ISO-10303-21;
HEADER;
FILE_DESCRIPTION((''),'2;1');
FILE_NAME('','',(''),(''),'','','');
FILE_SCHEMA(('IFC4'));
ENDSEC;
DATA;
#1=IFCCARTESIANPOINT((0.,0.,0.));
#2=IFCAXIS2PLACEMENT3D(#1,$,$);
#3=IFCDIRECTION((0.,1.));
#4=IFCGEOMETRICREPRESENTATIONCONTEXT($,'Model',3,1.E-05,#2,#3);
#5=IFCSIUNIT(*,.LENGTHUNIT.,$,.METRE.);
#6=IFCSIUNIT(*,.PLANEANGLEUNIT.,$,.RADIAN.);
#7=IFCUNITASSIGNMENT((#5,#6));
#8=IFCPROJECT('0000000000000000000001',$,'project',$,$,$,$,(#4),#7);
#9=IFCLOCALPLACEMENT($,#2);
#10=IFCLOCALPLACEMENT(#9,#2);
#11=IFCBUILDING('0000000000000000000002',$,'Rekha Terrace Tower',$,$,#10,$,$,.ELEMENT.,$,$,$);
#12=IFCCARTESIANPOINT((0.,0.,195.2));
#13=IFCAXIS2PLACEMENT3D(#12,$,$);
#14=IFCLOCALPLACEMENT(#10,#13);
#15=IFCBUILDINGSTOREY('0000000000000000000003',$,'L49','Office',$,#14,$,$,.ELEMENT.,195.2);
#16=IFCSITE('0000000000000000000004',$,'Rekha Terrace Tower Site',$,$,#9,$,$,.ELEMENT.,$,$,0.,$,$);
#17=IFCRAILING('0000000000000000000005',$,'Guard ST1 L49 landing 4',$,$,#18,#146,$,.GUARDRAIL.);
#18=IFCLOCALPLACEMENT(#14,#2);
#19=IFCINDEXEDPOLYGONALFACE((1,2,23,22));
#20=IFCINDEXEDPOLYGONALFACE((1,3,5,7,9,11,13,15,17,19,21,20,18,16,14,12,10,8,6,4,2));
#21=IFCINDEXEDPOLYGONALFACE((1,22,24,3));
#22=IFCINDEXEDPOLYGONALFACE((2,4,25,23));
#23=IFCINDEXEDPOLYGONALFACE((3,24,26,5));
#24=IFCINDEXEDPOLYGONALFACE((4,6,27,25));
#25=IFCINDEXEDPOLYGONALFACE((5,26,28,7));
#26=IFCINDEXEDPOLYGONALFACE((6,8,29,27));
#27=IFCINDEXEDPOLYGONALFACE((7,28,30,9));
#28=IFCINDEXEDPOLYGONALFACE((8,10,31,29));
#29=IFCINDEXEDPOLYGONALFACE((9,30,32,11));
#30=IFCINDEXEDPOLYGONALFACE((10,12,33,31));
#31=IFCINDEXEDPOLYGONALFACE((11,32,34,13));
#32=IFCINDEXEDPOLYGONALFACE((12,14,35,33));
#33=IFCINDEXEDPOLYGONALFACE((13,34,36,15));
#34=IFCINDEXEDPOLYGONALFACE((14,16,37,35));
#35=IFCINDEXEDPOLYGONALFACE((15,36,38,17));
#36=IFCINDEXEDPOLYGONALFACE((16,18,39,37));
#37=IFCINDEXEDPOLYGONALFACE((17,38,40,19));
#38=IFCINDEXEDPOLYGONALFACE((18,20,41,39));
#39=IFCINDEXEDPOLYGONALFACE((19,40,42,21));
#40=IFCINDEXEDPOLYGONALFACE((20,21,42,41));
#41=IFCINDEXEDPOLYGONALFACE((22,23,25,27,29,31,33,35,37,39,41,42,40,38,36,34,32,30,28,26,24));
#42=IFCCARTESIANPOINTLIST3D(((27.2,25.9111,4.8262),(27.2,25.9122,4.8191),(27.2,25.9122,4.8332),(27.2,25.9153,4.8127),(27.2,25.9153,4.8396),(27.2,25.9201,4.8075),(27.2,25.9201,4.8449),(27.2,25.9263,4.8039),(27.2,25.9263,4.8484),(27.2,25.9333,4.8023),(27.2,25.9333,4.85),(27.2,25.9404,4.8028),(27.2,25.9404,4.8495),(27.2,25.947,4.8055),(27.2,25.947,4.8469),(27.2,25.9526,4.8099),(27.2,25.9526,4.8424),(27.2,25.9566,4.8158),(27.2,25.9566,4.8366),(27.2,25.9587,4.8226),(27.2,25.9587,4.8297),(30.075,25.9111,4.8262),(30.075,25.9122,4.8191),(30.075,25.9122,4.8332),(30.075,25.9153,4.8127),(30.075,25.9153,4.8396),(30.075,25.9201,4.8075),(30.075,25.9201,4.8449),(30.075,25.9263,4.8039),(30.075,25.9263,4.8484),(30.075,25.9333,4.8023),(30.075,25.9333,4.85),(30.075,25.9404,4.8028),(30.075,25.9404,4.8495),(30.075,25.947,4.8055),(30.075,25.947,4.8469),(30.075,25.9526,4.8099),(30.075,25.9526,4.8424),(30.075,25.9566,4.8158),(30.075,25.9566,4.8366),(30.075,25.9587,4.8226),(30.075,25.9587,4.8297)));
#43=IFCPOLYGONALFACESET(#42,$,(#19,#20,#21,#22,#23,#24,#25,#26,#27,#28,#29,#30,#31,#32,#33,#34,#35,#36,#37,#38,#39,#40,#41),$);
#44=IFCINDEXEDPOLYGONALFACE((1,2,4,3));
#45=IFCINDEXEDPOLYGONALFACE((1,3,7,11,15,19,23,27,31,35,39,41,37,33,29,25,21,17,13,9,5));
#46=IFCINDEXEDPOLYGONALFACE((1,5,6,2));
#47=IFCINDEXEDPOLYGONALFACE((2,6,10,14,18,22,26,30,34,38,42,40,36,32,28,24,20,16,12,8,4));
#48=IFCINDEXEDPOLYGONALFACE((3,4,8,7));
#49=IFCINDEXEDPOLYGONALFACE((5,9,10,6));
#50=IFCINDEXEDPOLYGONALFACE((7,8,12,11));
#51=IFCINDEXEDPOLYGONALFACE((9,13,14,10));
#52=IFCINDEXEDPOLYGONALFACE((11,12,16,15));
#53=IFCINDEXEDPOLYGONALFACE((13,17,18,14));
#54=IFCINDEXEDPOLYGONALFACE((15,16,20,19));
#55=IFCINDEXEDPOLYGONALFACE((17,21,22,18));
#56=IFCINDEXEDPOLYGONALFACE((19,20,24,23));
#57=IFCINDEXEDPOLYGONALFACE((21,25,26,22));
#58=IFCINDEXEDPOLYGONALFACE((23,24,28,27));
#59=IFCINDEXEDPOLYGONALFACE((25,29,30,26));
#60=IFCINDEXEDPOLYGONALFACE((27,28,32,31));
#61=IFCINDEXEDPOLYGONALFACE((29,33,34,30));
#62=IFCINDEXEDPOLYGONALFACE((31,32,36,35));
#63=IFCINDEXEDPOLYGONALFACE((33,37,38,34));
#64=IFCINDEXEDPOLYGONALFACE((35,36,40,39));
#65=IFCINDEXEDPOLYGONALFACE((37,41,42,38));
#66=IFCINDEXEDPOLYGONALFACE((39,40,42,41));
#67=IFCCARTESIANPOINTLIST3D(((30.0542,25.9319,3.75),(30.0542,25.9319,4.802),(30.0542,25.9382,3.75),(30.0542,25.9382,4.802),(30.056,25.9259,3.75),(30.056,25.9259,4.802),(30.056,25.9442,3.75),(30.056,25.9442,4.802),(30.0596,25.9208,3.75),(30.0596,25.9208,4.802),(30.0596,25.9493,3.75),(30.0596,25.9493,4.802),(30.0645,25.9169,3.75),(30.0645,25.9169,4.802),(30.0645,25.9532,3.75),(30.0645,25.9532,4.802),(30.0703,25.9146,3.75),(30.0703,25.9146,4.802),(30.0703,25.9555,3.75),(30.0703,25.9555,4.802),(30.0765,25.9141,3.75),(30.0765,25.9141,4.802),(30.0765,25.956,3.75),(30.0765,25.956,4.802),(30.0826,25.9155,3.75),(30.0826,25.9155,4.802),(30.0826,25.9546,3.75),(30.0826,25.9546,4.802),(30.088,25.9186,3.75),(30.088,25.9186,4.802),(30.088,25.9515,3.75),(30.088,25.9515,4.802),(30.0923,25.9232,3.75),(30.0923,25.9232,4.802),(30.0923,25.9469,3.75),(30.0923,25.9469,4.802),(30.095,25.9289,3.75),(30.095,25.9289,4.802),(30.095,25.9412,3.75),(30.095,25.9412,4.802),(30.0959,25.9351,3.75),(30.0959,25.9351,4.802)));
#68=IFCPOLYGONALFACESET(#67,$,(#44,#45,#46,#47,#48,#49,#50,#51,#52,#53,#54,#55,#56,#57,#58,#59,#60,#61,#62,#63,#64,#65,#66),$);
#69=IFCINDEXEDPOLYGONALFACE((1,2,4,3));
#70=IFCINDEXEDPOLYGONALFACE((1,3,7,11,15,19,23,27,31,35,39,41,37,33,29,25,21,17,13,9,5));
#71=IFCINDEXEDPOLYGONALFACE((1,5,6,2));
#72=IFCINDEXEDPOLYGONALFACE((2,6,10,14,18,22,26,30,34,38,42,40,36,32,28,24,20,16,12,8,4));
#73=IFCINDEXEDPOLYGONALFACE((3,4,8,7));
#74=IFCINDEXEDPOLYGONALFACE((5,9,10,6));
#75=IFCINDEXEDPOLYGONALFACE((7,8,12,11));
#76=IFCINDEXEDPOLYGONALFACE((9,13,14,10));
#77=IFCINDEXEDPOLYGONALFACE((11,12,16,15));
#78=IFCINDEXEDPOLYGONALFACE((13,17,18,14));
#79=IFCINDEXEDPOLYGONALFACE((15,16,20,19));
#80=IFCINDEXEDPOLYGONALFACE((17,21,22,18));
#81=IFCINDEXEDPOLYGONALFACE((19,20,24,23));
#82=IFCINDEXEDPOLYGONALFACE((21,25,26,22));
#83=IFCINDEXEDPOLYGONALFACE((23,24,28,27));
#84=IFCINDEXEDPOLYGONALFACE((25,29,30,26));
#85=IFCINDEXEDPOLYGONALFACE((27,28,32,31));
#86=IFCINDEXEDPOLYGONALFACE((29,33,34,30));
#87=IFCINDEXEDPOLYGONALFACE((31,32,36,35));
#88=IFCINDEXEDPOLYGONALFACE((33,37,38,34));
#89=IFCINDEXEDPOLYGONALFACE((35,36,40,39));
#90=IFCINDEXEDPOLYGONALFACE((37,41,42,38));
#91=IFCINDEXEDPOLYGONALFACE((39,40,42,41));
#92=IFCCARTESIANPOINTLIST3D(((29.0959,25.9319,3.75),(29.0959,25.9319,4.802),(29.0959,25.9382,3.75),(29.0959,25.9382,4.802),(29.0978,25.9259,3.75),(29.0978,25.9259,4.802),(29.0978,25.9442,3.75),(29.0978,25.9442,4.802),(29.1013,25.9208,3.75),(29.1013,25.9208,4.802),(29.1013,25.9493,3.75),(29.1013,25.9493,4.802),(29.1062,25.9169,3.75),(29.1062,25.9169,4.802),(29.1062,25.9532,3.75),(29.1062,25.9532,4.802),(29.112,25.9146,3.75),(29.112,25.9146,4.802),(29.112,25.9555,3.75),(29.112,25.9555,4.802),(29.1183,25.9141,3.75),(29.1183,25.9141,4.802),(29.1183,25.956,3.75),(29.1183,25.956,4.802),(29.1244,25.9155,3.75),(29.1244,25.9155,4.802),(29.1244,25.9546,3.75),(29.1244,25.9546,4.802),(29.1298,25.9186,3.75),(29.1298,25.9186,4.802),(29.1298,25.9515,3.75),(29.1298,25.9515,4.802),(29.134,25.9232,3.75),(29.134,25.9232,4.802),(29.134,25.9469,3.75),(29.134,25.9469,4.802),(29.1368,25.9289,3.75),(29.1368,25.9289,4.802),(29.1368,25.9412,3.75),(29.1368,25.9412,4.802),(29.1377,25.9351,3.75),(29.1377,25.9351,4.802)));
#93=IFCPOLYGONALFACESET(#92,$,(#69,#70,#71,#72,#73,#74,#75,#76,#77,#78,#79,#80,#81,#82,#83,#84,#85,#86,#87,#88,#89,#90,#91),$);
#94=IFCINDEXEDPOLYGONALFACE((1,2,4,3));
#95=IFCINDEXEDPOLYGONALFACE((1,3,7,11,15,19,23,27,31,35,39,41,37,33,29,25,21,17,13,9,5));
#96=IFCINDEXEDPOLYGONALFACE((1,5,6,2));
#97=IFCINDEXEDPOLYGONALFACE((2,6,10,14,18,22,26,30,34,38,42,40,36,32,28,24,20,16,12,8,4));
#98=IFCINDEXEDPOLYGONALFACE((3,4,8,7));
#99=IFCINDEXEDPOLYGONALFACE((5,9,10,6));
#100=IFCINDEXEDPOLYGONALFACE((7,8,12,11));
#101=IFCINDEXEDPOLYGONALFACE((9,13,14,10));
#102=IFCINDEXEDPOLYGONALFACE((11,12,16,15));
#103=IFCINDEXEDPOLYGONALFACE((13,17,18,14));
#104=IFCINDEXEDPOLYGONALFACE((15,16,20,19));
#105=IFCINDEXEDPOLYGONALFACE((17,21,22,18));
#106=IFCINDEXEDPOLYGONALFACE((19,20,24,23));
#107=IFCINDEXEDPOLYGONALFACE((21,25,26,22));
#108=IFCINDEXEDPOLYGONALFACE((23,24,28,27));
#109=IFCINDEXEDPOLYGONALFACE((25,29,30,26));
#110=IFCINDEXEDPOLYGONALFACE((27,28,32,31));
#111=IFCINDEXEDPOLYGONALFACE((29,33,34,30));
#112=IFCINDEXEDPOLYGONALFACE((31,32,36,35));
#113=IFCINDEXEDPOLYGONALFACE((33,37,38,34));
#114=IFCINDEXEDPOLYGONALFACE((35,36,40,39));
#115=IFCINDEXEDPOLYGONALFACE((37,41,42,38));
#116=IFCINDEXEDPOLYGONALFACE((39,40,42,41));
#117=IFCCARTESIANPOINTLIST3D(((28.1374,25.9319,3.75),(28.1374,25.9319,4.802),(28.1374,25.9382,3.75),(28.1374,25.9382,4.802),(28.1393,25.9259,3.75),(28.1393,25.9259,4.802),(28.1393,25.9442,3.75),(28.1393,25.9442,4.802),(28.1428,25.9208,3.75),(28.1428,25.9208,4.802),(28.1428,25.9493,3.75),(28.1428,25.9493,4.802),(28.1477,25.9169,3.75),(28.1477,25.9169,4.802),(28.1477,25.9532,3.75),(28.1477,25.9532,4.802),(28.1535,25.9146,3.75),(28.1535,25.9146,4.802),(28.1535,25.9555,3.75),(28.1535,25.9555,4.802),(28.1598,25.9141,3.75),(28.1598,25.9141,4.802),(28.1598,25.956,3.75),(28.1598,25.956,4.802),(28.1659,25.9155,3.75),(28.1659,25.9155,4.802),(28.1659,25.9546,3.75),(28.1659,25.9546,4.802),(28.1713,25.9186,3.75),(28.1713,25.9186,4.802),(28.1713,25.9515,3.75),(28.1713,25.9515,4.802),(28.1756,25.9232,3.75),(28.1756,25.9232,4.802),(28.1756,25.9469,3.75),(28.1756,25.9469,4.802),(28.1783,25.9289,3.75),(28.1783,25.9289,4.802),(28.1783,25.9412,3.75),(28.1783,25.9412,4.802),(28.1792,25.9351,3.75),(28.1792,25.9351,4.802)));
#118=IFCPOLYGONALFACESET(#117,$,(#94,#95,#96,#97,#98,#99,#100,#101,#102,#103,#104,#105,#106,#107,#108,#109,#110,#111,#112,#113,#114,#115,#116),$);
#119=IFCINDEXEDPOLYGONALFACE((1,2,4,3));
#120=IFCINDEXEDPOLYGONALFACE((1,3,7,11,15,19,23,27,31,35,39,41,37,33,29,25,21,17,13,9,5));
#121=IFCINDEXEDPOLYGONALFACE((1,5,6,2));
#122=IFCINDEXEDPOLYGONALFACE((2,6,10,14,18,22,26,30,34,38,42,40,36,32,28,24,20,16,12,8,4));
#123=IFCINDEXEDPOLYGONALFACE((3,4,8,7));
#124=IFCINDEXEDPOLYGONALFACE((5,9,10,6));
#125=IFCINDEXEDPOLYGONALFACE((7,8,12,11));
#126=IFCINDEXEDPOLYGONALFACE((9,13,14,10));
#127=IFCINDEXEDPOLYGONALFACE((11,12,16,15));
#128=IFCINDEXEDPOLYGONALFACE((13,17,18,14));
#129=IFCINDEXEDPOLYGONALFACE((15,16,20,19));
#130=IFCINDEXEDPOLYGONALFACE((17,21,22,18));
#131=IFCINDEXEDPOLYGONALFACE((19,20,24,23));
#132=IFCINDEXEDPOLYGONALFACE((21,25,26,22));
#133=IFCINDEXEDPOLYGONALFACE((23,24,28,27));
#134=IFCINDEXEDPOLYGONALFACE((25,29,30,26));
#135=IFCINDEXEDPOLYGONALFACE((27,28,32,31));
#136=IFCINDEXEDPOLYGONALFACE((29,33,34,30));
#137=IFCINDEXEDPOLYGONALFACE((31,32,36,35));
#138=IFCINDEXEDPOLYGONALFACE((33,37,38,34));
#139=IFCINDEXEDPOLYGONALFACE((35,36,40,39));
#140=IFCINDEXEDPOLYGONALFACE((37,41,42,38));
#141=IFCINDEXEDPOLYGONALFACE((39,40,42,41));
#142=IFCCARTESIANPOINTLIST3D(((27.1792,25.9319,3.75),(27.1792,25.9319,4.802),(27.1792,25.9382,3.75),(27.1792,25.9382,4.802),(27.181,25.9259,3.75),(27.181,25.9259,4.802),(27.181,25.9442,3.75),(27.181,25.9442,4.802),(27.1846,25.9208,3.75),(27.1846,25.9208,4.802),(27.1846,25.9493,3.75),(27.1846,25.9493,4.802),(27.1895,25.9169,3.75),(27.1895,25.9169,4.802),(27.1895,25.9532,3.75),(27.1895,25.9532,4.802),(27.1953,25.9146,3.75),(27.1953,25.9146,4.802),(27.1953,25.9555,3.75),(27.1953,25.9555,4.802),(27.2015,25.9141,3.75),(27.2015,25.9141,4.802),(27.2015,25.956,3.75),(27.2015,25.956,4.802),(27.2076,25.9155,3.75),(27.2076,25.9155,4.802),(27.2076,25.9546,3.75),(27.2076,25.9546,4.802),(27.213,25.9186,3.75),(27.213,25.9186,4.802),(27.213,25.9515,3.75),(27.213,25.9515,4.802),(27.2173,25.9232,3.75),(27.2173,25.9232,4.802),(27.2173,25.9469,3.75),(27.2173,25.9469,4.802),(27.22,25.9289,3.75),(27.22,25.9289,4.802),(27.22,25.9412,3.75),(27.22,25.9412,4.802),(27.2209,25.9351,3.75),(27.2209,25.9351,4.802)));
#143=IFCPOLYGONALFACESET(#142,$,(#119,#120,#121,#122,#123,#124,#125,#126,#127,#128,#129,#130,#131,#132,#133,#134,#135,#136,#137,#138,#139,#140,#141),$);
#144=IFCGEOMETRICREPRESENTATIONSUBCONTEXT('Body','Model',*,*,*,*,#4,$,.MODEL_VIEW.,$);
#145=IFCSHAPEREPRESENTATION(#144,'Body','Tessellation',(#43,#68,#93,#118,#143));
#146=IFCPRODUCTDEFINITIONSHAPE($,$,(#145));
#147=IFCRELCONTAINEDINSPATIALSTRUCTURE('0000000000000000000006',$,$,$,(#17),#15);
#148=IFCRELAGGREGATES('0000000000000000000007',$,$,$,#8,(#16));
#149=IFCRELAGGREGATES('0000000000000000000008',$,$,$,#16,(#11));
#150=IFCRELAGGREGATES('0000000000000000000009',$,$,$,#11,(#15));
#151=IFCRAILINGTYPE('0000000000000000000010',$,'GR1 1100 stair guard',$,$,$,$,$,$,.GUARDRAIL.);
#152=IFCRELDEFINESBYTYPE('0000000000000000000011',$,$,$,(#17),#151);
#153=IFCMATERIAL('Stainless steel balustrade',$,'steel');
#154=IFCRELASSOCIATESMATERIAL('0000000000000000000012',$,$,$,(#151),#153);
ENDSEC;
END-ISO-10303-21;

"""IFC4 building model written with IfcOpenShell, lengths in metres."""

from ifc_helpers import new_model, si_unit, direction, frame, origin, origin_2d, place, context, subcontext, project, spatial, circle, extrude, material, type_object, element, save


model = new_model("IFC4")

# Units and contexts
model_context = context("Model", 3, precision=1e-05, world=origin(), true_north=direction((0.0, 1.0)))
body_context = subcontext(model_context, "Body", "Model", "MODEL_VIEW")
ifc_project = project(units=[si_unit("LENGTHUNIT", "METRE"), si_unit("PLANEANGLEUNIT", "RADIAN")], contexts=[model_context])

# Site, building, storey
site_placement = place(None, origin())
site = spatial("IfcSite", under=ifc_project, at=site_placement, Name="Rekha Terrace Tower Site", CompositionType="ELEMENT", RefElevation=0.0)
building_placement = place(site_placement, origin())
building = spatial("IfcBuilding", under=site, at=building_placement, Name="Rekha Terrace Tower", CompositionType="ELEMENT")
storey_placement = place(building_placement, frame((0.0, 0.0, 195.2)))
storey = spatial("IfcBuildingStorey", under=building, at=storey_placement, Name="L49", Description="Office", CompositionType="ELEMENT", Elevation=195.2)

# Railing
ifc_material_1 = material(Name="Stainless steel balustrade", Category="steel")
railing_type_1 = type_object("IfcRailingType", Name="GR1 1100 stair guard", PredefinedType="GUARDRAIL", material=ifc_material_1)
railing_1_placement = place(storey_placement, frame((30.075, 25.9351, 3.75)))
element("IfcRailing", 1, at=railing_1_placement, inside=storey, type_object=railing_type_1, Name="Guard ST1 L49 landing 4", PredefinedType="GUARDRAIL", context=body_context, shape_type="SweptSolid", body=[
    extrude(circle(Radius=0.0239, at=origin_2d()), frame((0.0, 0.0, 1.0762), z_axis=(-1.0, 0.0, 0.0), x_axis=(0.0, -1.0, 0.0)), (0.0, 0.0, 1.0), 2.875),
    extrude(circle(Radius=0.021, at=origin_2d()), origin(), (0.0, 0.0, 1.0), 1.052),
    extrude(circle(Radius=0.021, at=origin_2d()), frame((-0.9583, 0.0, 0.0)), (0.0, 0.0, 1.0), 1.052),
    extrude(circle(Radius=0.021, at=origin_2d()), frame((-1.9167, 0.0, 0.0)), (0.0, 0.0, 1.0), 1.052),
    extrude(circle(Radius=0.021, at=origin_2d()), frame((-2.875, 0.0, 0.0)), (0.0, 0.0, 1.0), 1.052),
])

save(model, "model.ifc")
